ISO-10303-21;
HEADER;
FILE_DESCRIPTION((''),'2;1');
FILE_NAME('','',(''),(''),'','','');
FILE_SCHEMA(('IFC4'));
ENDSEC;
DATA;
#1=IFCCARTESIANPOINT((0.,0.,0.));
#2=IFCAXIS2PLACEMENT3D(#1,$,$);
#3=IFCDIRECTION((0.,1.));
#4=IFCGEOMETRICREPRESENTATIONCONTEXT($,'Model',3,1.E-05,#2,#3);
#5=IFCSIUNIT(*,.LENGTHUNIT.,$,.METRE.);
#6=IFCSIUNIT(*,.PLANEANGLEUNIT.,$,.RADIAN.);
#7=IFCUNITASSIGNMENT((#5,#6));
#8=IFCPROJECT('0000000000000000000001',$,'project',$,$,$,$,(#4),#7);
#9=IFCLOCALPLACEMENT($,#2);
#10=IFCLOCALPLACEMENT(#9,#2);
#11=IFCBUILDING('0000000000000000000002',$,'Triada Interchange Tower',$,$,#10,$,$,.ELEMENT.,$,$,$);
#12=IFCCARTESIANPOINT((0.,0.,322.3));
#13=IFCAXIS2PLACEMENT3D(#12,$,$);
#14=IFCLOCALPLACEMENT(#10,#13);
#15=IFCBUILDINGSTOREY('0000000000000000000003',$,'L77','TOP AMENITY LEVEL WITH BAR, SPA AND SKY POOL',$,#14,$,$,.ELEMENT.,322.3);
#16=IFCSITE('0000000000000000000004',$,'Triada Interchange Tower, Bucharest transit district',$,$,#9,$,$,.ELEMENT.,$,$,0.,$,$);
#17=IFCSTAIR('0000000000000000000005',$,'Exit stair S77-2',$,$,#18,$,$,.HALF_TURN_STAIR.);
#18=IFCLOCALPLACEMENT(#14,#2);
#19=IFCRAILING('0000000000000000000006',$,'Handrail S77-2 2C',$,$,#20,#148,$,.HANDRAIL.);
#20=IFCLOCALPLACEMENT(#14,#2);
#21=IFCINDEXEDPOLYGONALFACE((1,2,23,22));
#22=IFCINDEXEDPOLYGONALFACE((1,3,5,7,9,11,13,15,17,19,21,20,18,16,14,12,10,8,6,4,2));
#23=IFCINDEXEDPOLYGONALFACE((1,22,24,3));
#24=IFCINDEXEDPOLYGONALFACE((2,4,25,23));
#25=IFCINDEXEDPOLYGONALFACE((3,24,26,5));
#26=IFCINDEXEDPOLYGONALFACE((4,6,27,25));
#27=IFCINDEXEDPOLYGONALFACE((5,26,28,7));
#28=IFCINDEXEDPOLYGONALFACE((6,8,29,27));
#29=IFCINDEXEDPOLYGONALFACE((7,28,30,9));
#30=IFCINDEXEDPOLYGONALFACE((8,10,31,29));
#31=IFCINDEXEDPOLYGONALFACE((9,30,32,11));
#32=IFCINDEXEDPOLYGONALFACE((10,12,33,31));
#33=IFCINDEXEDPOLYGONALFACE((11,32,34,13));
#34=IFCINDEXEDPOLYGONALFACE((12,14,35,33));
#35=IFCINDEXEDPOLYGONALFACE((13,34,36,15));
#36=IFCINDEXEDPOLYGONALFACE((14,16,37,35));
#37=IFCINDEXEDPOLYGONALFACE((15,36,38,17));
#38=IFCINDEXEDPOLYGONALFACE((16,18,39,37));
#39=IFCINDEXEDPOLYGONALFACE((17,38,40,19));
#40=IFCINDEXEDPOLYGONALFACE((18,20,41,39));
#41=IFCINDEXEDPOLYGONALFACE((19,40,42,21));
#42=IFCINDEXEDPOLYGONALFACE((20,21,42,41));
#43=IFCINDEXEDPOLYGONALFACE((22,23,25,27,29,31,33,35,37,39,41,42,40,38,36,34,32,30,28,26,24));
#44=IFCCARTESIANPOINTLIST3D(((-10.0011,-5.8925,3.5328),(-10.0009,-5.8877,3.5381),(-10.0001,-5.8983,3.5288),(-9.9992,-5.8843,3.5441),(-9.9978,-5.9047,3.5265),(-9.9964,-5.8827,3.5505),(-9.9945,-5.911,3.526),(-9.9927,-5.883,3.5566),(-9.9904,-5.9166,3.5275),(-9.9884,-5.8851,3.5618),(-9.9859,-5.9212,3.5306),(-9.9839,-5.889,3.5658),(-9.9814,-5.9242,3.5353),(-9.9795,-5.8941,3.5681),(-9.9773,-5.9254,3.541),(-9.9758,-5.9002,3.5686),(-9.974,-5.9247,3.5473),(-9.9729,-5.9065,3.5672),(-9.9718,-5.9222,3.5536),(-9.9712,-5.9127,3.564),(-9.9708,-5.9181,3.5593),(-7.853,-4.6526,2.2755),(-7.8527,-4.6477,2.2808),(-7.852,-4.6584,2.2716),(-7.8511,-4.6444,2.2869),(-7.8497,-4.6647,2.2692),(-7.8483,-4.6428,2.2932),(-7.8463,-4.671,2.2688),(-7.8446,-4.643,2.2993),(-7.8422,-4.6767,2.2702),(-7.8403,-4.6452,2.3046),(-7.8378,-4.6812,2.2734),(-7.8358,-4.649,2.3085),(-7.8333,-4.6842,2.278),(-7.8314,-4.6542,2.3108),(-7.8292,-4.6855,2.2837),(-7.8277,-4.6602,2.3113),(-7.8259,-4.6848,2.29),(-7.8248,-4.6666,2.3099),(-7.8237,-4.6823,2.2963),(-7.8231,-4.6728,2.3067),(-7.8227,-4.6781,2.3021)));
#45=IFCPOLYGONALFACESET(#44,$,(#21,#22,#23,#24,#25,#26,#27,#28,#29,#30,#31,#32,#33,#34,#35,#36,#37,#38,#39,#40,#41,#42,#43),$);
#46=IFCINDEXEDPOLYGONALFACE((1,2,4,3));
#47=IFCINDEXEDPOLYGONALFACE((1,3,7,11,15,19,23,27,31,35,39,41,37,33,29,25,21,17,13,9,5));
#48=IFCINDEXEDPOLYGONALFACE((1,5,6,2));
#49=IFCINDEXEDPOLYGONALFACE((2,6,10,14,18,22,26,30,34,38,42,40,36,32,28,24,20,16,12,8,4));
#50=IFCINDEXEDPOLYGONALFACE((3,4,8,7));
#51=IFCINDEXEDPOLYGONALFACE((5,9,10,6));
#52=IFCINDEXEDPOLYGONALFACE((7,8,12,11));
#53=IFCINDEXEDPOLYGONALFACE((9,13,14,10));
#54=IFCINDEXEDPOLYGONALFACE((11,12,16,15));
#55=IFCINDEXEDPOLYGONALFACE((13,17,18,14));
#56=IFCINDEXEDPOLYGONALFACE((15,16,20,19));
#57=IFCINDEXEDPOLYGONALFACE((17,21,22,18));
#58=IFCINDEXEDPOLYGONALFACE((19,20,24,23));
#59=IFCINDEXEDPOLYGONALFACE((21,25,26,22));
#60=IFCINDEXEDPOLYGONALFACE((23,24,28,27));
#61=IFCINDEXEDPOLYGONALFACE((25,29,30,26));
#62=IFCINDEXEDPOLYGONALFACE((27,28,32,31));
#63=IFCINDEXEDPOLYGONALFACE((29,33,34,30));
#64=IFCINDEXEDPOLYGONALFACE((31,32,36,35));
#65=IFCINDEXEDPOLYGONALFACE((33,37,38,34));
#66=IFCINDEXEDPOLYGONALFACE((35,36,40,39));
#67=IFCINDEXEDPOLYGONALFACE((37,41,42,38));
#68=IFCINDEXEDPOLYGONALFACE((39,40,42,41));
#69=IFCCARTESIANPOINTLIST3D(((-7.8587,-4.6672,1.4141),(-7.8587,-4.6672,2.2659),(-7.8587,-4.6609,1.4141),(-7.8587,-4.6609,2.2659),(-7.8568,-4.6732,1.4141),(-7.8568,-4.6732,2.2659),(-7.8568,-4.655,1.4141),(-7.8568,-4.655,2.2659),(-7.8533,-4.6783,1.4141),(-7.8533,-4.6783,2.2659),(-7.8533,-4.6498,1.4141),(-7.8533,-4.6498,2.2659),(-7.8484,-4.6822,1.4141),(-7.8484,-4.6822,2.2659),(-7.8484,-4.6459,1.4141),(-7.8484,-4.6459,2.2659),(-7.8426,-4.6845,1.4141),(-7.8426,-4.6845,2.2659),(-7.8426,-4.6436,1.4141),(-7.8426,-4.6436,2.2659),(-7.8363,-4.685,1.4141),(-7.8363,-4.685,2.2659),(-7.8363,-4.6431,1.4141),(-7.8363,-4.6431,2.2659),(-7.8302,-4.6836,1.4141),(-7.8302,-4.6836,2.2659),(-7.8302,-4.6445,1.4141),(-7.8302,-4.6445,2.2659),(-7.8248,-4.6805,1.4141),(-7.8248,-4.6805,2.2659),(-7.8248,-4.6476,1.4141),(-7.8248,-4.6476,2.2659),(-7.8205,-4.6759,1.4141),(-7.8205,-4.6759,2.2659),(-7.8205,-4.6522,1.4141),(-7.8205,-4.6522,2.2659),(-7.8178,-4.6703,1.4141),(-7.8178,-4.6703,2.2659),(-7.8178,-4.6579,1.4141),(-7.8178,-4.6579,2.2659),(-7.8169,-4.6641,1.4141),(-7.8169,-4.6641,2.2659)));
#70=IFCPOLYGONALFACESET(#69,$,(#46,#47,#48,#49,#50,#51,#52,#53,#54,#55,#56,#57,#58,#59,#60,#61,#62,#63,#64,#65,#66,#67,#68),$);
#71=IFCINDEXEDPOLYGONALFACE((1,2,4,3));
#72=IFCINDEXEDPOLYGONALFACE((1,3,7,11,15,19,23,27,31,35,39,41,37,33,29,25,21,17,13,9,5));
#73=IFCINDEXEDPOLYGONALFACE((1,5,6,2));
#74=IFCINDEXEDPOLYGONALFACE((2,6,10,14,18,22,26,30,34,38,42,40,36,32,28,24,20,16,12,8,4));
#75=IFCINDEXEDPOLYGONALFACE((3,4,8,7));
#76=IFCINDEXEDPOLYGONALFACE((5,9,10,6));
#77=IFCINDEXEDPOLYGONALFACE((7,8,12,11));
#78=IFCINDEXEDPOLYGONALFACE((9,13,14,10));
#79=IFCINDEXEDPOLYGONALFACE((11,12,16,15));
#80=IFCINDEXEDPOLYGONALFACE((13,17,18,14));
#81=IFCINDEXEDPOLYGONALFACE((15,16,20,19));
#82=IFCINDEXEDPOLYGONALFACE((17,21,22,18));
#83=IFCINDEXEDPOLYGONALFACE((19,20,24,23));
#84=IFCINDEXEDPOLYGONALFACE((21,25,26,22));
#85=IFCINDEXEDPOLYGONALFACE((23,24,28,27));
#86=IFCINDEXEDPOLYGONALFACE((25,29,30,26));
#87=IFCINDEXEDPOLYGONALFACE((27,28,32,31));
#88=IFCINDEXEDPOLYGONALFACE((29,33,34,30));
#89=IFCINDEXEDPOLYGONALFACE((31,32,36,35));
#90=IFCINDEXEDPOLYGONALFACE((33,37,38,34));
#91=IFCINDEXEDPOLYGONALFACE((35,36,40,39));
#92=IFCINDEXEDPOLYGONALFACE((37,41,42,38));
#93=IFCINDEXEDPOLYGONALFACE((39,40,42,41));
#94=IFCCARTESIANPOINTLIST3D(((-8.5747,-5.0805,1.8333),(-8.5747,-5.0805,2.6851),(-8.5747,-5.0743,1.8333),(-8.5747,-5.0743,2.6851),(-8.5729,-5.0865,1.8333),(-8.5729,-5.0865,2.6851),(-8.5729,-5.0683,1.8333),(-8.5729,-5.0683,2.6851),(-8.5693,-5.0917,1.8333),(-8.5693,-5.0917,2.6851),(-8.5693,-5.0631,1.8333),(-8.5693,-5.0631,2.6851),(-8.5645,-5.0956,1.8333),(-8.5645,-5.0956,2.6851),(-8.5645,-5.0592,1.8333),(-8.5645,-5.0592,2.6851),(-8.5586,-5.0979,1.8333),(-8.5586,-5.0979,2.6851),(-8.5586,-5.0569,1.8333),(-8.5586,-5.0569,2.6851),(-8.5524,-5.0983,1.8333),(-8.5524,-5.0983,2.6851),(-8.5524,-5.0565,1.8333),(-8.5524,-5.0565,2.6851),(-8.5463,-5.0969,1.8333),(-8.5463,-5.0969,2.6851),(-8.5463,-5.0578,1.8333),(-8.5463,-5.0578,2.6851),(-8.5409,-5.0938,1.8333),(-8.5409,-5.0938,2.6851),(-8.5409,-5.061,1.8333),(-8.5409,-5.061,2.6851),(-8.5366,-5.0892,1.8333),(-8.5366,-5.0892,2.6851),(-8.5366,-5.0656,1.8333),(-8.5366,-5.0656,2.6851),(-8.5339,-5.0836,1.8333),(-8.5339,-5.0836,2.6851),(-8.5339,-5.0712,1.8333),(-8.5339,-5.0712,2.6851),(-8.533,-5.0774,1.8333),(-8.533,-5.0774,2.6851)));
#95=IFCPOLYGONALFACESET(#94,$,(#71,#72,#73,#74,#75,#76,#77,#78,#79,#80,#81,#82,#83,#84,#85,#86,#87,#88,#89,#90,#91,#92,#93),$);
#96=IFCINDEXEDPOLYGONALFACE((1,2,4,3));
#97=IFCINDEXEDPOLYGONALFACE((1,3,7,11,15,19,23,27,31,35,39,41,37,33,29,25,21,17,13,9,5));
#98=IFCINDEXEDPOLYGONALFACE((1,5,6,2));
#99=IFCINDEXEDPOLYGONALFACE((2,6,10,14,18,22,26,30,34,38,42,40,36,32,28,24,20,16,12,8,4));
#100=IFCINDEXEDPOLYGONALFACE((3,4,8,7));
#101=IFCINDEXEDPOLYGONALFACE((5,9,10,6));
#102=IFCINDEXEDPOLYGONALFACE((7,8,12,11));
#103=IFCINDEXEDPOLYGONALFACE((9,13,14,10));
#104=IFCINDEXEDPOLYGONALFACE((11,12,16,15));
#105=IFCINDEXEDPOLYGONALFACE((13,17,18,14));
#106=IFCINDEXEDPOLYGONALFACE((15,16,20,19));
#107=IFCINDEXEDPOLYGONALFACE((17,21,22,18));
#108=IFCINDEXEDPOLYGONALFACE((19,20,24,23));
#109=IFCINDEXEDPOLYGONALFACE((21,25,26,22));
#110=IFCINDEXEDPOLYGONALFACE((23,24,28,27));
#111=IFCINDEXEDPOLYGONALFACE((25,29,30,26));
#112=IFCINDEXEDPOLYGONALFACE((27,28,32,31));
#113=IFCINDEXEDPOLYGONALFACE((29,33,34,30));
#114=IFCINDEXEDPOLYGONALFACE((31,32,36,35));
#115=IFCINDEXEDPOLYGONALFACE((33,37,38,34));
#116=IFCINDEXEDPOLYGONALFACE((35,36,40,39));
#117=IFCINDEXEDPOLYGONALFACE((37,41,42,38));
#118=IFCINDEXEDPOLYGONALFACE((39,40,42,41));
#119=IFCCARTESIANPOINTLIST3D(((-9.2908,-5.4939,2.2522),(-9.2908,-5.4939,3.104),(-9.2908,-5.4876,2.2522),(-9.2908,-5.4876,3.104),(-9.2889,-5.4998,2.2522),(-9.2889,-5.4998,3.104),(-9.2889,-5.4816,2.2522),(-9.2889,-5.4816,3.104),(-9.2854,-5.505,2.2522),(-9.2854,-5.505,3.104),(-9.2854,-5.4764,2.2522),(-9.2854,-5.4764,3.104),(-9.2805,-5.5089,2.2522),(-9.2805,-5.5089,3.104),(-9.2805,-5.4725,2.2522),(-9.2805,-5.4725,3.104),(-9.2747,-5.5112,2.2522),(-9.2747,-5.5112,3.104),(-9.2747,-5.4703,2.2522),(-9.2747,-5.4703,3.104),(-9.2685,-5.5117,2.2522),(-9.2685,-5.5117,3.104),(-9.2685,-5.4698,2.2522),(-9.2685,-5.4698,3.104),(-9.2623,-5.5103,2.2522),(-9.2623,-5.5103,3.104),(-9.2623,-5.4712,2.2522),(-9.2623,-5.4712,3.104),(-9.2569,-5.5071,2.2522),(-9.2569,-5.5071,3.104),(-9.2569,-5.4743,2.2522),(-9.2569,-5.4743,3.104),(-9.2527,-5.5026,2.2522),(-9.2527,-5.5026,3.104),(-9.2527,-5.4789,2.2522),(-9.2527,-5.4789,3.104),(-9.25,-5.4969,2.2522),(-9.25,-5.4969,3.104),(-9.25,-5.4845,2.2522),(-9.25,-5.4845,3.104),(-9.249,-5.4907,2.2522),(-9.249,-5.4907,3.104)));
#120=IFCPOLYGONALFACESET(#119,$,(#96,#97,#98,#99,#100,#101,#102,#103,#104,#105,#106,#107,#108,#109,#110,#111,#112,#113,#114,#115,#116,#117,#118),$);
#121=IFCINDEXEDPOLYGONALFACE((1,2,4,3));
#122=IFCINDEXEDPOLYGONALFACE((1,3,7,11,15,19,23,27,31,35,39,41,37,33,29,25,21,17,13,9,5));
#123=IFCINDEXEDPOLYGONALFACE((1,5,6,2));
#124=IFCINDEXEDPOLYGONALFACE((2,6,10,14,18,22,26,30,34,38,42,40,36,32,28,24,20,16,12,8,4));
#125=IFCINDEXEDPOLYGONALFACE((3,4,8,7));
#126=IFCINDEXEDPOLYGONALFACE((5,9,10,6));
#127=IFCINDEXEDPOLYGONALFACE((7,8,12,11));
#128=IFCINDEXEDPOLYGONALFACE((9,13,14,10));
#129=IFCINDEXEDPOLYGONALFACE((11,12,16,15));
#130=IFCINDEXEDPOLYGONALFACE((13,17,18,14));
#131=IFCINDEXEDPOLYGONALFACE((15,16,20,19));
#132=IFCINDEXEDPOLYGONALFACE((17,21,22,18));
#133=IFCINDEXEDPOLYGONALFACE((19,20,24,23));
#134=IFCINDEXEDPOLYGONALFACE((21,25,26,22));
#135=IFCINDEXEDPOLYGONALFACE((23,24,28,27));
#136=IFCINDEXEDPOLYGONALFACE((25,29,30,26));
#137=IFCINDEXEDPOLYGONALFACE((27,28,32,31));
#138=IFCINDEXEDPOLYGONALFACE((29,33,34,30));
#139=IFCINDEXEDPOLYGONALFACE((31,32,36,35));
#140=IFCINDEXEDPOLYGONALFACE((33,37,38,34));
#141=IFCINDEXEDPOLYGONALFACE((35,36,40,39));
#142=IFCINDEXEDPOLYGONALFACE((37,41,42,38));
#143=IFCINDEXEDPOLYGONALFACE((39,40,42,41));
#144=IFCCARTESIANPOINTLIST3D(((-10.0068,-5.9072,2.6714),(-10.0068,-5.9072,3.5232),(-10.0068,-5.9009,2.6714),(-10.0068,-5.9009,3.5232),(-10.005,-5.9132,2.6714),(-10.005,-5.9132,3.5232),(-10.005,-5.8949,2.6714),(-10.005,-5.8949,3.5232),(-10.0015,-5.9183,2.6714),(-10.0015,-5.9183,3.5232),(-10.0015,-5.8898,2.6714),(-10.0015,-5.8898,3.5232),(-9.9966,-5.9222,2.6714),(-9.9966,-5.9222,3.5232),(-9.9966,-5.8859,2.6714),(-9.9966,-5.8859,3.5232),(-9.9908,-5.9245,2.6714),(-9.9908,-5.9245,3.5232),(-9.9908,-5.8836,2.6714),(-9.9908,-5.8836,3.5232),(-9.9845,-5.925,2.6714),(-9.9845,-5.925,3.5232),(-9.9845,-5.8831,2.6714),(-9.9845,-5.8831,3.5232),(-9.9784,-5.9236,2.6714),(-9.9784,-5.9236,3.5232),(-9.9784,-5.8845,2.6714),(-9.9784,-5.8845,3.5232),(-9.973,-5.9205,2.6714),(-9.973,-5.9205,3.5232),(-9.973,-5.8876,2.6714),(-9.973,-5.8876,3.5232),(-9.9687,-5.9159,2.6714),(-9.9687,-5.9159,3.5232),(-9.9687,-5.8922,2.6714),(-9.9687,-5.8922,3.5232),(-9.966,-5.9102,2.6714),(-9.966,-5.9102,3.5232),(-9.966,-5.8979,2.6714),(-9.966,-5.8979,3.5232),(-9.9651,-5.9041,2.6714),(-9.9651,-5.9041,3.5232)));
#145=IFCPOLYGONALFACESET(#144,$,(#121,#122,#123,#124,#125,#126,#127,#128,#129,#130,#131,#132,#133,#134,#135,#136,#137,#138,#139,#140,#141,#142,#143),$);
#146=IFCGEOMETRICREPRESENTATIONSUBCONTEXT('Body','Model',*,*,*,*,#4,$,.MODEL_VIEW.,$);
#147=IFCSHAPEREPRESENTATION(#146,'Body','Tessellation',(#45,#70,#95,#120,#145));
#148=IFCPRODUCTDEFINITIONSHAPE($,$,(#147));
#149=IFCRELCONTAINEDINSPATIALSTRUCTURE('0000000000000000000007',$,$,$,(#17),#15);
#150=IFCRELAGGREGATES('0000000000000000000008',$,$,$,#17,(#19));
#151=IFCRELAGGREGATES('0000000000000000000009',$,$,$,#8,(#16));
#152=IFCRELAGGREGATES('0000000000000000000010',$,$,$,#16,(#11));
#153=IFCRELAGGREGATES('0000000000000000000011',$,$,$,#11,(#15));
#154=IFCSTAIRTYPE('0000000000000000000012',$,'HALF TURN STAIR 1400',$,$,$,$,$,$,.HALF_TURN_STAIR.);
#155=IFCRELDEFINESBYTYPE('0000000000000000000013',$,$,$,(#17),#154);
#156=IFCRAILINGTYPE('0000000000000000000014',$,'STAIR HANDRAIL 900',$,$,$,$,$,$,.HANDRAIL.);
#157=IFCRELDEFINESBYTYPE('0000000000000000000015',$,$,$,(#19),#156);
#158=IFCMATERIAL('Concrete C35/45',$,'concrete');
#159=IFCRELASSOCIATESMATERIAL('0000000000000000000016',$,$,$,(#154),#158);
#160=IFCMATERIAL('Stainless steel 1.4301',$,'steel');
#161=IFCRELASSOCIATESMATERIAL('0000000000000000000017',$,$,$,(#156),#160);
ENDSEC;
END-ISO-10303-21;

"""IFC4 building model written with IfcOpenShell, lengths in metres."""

from ifc_helpers import new_model, si_unit, direction, frame, origin, origin_2d, place, context, subcontext, project, spatial, circle, extrude, material, type_object, element, aggregate, save


model = new_model("IFC4")

# Units and contexts
model_context = context("Model", 3, precision=1e-05, world=origin(), true_north=direction((0.0, 1.0)))
body_context = subcontext(model_context, "Body", "Model", "MODEL_VIEW")
ifc_project = project(units=[si_unit("LENGTHUNIT", "METRE"), si_unit("PLANEANGLEUNIT", "RADIAN")], contexts=[model_context])

# Site, building, storey
site_placement = place(None, origin())
site = spatial("IfcSite", under=ifc_project, at=site_placement, Name="Triada Interchange Tower, Bucharest transit district", CompositionType="ELEMENT", RefElevation=0.0)
building_placement = place(site_placement, origin())
building = spatial("IfcBuilding", under=site, at=building_placement, Name="Triada Interchange Tower", CompositionType="ELEMENT")
storey_placement = place(building_placement, frame((0.0, 0.0, 322.3)))
storey = spatial("IfcBuildingStorey", under=building, at=storey_placement, Name="L77", Description="TOP AMENITY LEVEL WITH BAR, SPA AND SKY POOL", CompositionType="ELEMENT", Elevation=322.3)

# Shared definitions
ifc_material_1 = material(Name="Concrete C35/45", Category="concrete")

# Stair, railing
stair_type = type_object("IfcStairType", Name="HALF TURN STAIR 1400", PredefinedType="HALF_TURN_STAIR", material=ifc_material_1)
stair_placement = place(storey_placement, origin())
stair = element("IfcStair", 1, at=stair_placement, inside=storey, type_object=stair_type, Name="Exit stair S77-2", PredefinedType="HALF_TURN_STAIR")
ifc_material_2 = material(Name="Stainless steel 1.4301", Category="steel")
railing_type_1 = type_object("IfcRailingType", Name="STAIR HANDRAIL 900", PredefinedType="HANDRAIL", material=ifc_material_2)
railing_1_placement = place(storey_placement, frame((-7.8379, -4.6641, 1.4141)))
railing_1 = element("IfcRailing", 2, at=railing_1_placement, type_object=railing_type_1, Name="Handrail S77-2 2C", PredefinedType="HANDRAIL", context=body_context, shape_type="SweptSolid", body=[
    extrude(circle(Radius=0.0239, at=origin_2d()), frame((0.0, 0.0, 0.876), z_axis=(-0.772493, -0.445902, 0.452135), x_axis=(0.499918, -0.866072, 0.0)), (0.0, 0.0, 1.0), 2.7808),
    extrude(circle(Radius=0.021, at=origin_2d()), origin(), (0.0, 0.0, 1.0), 0.8518),
    extrude(circle(Radius=0.021, at=origin_2d()), frame((-0.7161, -0.4133, 0.4192)), (0.0, 0.0, 1.0), 0.8518),
    extrude(circle(Radius=0.021, at=origin_2d()), frame((-1.4321, -0.8267, 0.8381)), (0.0, 0.0, 1.0), 0.8518),
    extrude(circle(Radius=0.021, at=origin_2d()), frame((-2.1482, -1.24, 1.2573)), (0.0, 0.0, 1.0), 0.8518),
])
aggregate(stair, [railing_1])

save(model, "model.ifc")
